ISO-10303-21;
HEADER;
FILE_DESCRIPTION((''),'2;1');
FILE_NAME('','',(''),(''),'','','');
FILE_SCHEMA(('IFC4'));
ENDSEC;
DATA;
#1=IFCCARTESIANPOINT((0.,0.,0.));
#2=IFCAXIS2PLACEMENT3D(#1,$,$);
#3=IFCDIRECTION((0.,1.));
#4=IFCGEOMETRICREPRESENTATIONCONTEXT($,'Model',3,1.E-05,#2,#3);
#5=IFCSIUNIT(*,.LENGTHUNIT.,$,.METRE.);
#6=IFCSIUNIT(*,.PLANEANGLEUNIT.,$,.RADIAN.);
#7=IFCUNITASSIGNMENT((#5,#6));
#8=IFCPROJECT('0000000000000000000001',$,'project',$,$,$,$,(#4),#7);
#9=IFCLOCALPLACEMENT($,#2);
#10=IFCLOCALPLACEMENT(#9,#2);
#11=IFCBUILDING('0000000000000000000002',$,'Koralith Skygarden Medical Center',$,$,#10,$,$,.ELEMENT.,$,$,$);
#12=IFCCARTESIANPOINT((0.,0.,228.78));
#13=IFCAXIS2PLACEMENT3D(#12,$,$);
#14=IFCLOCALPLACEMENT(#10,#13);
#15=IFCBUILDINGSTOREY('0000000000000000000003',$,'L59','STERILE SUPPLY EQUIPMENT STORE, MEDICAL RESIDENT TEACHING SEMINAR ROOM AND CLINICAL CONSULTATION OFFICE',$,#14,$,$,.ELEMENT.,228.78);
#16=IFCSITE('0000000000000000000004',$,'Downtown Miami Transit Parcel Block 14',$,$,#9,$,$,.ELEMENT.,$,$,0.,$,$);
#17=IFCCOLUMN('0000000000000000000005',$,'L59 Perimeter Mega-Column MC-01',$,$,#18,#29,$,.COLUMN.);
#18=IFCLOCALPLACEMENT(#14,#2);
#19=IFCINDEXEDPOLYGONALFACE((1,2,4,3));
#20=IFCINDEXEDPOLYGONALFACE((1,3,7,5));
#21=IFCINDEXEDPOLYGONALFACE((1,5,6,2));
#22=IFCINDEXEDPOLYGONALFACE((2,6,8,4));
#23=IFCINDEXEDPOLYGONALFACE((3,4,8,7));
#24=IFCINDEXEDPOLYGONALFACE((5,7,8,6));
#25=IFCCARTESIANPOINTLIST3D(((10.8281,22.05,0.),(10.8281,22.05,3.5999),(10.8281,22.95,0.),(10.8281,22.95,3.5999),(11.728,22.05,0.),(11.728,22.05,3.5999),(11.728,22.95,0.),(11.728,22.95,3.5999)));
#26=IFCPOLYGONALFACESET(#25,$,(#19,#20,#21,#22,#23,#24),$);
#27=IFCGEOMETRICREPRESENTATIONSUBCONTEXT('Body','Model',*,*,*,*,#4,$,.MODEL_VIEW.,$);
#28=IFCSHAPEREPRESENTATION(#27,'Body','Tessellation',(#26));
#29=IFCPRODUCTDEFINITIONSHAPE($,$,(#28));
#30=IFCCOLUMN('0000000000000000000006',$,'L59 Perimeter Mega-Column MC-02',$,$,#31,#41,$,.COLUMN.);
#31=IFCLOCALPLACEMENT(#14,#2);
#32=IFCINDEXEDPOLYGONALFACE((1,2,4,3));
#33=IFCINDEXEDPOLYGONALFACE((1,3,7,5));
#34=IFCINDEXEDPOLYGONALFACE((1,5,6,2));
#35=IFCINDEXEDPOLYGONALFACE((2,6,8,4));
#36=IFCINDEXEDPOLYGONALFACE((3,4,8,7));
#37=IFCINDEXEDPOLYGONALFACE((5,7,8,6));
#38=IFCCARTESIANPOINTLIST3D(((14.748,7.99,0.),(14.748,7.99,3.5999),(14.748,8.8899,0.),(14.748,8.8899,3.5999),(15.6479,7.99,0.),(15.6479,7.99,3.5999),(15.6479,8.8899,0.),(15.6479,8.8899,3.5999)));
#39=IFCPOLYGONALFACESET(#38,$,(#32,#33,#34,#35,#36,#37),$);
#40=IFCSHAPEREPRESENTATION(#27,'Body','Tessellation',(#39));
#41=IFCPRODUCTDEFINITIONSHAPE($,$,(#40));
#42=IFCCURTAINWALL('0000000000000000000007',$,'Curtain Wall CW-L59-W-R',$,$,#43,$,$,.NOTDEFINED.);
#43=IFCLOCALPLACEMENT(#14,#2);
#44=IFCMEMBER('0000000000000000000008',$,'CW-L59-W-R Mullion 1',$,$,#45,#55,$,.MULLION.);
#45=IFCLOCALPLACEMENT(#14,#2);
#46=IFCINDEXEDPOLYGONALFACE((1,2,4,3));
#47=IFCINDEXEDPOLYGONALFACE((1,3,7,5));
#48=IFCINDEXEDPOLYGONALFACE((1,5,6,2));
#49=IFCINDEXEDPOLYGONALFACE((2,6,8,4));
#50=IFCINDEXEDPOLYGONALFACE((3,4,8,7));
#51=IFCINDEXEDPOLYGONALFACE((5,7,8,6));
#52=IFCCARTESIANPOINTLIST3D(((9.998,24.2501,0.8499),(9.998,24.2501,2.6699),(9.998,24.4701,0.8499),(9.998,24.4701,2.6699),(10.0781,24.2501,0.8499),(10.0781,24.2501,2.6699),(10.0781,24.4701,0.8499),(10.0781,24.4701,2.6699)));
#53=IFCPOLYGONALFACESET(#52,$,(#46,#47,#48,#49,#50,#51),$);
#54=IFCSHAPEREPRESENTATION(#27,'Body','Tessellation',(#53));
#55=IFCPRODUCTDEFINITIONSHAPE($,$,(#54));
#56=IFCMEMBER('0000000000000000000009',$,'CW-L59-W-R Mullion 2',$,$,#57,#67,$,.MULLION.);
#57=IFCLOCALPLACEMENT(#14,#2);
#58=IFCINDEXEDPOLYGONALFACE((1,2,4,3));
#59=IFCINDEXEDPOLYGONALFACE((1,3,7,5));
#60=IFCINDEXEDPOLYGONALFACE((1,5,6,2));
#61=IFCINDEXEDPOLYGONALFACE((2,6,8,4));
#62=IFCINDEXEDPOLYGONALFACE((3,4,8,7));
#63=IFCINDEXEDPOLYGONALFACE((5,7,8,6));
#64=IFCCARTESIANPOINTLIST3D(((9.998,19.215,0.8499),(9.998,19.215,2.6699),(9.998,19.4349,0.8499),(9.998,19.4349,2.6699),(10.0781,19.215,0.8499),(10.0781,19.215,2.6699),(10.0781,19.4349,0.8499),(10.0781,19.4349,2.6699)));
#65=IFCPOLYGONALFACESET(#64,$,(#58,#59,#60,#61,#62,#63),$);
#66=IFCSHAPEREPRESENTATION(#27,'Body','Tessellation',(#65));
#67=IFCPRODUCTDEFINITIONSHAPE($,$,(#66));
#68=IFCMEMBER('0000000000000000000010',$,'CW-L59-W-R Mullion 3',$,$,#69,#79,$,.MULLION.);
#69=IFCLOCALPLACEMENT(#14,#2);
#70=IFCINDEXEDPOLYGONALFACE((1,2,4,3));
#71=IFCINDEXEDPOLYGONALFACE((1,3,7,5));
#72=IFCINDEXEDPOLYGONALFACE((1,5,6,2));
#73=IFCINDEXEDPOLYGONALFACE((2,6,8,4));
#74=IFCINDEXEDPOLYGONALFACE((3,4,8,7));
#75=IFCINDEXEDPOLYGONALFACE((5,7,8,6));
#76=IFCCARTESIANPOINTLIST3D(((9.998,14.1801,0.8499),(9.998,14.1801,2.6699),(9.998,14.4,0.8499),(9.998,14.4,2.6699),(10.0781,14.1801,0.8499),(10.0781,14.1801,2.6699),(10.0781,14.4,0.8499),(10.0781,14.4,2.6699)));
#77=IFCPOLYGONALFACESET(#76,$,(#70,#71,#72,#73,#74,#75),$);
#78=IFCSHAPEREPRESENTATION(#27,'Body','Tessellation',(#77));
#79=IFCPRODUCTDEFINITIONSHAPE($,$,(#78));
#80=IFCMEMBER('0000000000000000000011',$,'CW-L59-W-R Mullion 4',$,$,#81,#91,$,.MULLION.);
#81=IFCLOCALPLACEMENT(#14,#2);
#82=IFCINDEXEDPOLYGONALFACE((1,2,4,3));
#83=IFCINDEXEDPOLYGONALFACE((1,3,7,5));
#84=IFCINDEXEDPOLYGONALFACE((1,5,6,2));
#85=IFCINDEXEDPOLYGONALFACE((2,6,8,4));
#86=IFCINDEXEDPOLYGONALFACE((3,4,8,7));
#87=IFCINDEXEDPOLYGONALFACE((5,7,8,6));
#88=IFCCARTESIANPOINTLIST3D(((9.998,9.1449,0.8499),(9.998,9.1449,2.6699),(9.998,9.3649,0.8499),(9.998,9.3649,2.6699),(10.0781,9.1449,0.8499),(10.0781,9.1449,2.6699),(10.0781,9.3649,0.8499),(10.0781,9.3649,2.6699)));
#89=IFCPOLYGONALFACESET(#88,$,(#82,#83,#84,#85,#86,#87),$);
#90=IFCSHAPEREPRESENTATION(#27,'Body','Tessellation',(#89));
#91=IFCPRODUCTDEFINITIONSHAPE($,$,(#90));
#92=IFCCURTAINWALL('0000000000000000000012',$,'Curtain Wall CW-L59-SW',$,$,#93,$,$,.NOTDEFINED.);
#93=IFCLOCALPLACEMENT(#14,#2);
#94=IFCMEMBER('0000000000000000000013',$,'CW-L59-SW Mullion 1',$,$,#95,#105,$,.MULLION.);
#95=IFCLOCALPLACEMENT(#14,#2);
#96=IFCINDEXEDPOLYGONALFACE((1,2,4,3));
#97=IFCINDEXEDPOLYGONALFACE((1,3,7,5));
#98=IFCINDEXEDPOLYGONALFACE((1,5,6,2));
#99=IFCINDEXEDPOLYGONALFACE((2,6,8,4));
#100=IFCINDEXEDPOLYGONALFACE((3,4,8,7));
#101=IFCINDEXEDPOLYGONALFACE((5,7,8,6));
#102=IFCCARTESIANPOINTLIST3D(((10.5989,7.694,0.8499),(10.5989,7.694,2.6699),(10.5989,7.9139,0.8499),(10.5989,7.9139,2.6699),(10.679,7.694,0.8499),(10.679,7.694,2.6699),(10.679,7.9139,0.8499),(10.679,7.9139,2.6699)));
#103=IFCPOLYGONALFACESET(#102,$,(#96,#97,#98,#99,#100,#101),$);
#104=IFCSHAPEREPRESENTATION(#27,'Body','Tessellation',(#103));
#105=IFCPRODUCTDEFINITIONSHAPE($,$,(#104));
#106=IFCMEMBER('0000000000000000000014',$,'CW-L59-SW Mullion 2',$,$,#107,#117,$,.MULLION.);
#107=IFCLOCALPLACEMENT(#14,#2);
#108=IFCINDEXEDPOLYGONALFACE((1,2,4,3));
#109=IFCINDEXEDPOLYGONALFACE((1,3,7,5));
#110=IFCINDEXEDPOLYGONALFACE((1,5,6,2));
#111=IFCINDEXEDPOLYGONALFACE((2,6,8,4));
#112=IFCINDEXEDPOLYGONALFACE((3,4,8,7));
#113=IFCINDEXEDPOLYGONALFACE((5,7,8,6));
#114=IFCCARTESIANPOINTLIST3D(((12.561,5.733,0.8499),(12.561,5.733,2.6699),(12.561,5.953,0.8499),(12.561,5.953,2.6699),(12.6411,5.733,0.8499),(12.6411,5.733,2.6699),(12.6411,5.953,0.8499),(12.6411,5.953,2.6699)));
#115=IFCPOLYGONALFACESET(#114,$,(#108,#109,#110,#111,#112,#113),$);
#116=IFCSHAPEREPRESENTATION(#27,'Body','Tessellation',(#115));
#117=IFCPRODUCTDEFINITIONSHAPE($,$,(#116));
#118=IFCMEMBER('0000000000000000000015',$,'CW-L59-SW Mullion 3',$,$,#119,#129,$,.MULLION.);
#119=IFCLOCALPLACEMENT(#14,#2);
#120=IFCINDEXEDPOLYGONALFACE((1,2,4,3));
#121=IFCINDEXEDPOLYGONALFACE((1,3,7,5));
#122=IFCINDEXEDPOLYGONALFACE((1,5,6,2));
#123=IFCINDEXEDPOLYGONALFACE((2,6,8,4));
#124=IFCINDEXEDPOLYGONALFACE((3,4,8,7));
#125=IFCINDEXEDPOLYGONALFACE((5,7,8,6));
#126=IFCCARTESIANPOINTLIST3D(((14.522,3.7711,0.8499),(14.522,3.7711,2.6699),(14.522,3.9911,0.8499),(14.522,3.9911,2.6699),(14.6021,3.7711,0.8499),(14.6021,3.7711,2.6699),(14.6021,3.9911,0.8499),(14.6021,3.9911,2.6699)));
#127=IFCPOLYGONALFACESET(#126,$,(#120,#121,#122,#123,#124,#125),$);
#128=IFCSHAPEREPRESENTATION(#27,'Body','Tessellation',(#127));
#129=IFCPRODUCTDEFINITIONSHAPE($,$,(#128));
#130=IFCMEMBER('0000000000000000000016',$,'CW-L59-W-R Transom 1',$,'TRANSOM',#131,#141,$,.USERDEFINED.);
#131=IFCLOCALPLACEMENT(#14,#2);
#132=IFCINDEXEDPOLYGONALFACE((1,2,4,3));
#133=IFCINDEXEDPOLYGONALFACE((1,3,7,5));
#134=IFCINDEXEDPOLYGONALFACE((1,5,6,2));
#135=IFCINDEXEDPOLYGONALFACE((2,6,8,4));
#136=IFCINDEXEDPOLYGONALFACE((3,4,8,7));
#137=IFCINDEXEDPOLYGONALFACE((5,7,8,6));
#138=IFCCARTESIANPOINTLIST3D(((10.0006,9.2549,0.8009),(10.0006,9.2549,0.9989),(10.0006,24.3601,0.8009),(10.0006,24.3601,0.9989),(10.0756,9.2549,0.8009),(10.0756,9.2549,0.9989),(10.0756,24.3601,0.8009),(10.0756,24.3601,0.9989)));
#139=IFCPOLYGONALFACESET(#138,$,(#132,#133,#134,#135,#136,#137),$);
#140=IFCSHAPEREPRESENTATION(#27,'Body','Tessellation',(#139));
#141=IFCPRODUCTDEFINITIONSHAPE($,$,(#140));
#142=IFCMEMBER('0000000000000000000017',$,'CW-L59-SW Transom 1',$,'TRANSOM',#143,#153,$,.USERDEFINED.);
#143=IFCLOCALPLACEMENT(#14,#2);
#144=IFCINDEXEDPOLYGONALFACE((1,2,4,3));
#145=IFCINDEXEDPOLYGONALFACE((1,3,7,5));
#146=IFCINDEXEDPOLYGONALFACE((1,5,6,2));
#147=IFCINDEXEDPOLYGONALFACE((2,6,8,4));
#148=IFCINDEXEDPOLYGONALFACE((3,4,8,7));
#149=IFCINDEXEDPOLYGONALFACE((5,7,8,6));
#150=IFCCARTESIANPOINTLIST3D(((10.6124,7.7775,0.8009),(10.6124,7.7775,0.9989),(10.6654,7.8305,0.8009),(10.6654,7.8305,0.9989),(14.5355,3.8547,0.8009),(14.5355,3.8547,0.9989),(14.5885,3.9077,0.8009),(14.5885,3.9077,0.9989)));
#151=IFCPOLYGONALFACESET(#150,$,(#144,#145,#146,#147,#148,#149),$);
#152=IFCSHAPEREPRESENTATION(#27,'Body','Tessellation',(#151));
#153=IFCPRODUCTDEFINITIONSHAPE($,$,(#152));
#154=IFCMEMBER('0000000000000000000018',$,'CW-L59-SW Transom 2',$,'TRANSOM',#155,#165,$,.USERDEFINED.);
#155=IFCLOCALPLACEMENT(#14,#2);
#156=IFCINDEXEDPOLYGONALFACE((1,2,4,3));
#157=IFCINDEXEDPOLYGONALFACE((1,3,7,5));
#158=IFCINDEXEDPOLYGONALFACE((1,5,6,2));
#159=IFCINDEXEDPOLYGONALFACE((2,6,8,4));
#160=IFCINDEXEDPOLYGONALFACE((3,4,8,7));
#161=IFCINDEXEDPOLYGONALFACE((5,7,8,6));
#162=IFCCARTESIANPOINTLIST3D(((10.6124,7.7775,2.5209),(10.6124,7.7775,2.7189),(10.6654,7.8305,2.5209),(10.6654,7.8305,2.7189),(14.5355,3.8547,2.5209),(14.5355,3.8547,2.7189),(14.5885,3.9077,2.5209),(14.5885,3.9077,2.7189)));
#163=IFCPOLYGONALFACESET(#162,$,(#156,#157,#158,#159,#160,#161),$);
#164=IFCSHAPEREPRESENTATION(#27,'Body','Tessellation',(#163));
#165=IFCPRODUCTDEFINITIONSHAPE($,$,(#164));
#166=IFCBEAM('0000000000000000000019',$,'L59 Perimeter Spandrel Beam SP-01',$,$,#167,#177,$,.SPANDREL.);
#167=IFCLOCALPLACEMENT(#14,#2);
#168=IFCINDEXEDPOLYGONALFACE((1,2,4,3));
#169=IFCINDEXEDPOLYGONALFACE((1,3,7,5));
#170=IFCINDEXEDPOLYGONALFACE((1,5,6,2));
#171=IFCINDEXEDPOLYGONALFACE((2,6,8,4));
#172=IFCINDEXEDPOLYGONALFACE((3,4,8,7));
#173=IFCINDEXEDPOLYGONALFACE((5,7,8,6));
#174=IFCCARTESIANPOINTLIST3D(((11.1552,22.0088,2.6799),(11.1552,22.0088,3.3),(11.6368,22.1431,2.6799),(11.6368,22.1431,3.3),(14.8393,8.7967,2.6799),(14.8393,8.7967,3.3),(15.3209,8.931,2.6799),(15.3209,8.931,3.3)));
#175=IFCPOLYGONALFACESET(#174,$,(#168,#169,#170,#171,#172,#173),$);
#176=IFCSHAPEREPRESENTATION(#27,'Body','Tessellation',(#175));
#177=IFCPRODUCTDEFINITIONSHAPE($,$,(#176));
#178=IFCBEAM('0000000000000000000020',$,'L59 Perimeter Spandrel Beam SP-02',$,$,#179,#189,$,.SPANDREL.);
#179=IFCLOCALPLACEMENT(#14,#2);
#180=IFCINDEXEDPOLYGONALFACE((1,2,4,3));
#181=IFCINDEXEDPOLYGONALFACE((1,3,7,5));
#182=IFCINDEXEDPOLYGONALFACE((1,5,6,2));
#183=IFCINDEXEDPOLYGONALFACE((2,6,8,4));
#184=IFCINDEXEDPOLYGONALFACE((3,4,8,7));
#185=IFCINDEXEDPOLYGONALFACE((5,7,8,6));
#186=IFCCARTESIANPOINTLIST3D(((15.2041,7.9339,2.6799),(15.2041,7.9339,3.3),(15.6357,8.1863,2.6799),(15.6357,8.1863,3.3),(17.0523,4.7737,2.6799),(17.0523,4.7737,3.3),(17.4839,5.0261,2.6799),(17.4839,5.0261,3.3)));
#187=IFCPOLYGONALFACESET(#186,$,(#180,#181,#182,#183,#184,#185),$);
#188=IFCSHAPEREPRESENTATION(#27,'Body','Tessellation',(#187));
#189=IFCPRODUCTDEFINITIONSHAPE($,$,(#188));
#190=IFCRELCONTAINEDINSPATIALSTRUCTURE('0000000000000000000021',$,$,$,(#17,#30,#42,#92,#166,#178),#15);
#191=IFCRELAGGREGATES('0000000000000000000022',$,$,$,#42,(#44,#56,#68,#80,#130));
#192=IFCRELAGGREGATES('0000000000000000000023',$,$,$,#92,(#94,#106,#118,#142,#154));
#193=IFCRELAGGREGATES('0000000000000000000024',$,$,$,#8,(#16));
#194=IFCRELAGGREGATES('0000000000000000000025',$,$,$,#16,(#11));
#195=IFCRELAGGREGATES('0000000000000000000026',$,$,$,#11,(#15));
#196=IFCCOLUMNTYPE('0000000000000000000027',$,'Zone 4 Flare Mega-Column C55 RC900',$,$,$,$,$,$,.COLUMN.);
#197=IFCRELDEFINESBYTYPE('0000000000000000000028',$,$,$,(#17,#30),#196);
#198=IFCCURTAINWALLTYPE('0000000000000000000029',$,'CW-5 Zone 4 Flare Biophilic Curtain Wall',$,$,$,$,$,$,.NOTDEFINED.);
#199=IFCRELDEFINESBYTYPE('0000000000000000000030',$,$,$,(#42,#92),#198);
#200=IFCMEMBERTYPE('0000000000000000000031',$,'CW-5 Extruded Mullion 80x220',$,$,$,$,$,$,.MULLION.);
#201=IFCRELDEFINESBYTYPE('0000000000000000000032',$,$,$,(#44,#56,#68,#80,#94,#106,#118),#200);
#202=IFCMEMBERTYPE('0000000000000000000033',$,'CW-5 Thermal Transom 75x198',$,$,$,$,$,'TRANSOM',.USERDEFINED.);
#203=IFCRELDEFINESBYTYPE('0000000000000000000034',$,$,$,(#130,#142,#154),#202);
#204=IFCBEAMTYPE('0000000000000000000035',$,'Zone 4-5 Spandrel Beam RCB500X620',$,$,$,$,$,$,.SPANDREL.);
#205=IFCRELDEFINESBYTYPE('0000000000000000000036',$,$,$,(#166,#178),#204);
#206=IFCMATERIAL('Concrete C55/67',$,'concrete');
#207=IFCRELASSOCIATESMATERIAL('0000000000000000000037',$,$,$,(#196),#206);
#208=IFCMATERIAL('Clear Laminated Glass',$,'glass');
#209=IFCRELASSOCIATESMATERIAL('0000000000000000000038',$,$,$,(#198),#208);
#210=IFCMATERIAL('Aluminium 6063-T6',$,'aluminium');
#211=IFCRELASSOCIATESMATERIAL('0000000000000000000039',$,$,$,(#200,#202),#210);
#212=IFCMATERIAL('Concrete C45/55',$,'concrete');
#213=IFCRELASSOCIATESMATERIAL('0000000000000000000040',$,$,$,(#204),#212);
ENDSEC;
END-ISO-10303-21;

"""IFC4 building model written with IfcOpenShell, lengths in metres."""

from ifc_helpers import new_model, si_unit, direction, frame, origin, origin_2d, place, context, subcontext, project, spatial, rectangle, extrude, material, material_profile, profile_set, type_object, element, aggregate, save


model = new_model("IFC4")

# Units and contexts
model_context = context("Model", 3, precision=1e-05, world=origin(), true_north=direction((0.0, 1.0)))
body_context = subcontext(model_context, "Body", "Model", "MODEL_VIEW")
ifc_project = project(units=[si_unit("LENGTHUNIT", "METRE"), si_unit("PLANEANGLEUNIT", "RADIAN")], contexts=[model_context])

# Site, building, storey
site_placement = place(None, origin())
site = spatial("IfcSite", under=ifc_project, at=site_placement, Name="Downtown Miami Transit Parcel Block 14", CompositionType="ELEMENT", RefElevation=0.0)
building_placement = place(site_placement, origin())
building = spatial("IfcBuilding", under=site, at=building_placement, Name="Koralith Skygarden Medical Center", CompositionType="ELEMENT")
storey_placement = place(building_placement, frame((0.0, 0.0, 228.78)))
storey = spatial("IfcBuildingStorey", under=building, at=storey_placement, Name="L59", Description="STERILE SUPPLY EQUIPMENT STORE, MEDICAL RESIDENT TEACHING SEMINAR ROOM AND CLINICAL CONSULTATION OFFICE", CompositionType="ELEMENT", Elevation=228.78)

# Columns
ifc_material_1 = material(Name="Concrete C55/67", Category="concrete")
ifc_material_profile_1 = material_profile(ifc_material_1, rectangle(XDim=0.8999, YDim=0.8999, at=origin_2d()), Name="RC900X900")
ifc_profile_set_1 = profile_set([ifc_material_profile_1], Name="Concrete C55/67")
column_type = type_object("IfcColumnType", Name="Zone 4 Flare Mega-Column C55 RC900", PredefinedType="COLUMN", material=ifc_profile_set_1)
for number, where, z_axis, x_axis, name in (
    (1, (11.2781, 22.5, 0.0), (0.0, 0.0, 1.0), (1.0, 0.0, 0.0), "L59 Perimeter Mega-Column MC-01"),
    (2, (15.198, 8.4399, 0.0), (0.0, 0.0, 1.0), (1.0, 0.0, 0.0), "L59 Perimeter Mega-Column MC-02"),
):
    element("IfcColumn", number, at=place(storey_placement, frame(where, z_axis=z_axis, x_axis=x_axis)), inside=storey, type_object=column_type, Name=name, PredefinedType="COLUMN", context=body_context, shape_type="SweptSolid", body=[
        extrude(rectangle(XDim=0.8999, YDim=0.8999, at=origin_2d()), origin(), (0.0, 0.0, 1.0), 3.5999),
    ])

# Curtain walls, members
ifc_material_2 = material(Name="Clear Laminated Glass", Category="glass")
curtain_wall_type = type_object("IfcCurtainWallType", Name="CW-5 Zone 4 Flare Biophilic Curtain Wall", PredefinedType="NOTDEFINED", material=ifc_material_2)
curtain_wall_1_placement = place(storey_placement, origin())
curtain_wall_1 = element("IfcCurtainWall", 3, at=curtain_wall_1_placement, inside=storey, type_object=curtain_wall_type, Name="Curtain Wall CW-L59-W-R", PredefinedType="NOTDEFINED")
ifc_material_3 = material(Name="Aluminium 6063-T6", Category="aluminium")
ifc_material_profile_2 = material_profile(ifc_material_3, rectangle(XDim=0.0801, YDim=0.22, at=origin_2d()), Name="MUL80X220")
ifc_profile_set_2 = profile_set([ifc_material_profile_2], Name="Aluminium 6063-T6")
member_type_1 = type_object("IfcMemberType", Name="CW-5 Extruded Mullion 80x220", PredefinedType="MULLION", material=ifc_profile_set_2)
member_1_placement = place(storey_placement, frame((10.0381, 24.3601, 0.8499), z_axis=(0.0, 0.0, 1.0), x_axis=(1.0, 0.0, 0.0)))
member_1 = element("IfcMember", 4, at=member_1_placement, type_object=member_type_1, Name="CW-L59-W-R Mullion 1", PredefinedType="MULLION", context=body_context, shape_type="SweptSolid", body=[
    extrude(rectangle(XDim=0.0801, YDim=0.22, at=origin_2d()), origin(), (0.0, 0.0, 1.0), 1.8201),
])
member_2_placement = place(storey_placement, frame((10.0381, 19.325, 0.8499), z_axis=(0.0, 0.0, 1.0), x_axis=(1.0, 0.0, 0.0)))
member_2 = element("IfcMember", 5, at=member_2_placement, type_object=member_type_1, Name="CW-L59-W-R Mullion 2", PredefinedType="MULLION", context=body_context, shape_type="SweptSolid", body=[
    extrude(rectangle(XDim=0.0801, YDim=0.22, at=origin_2d()), origin(), (0.0, 0.0, 1.0), 1.8201),
])
member_3_placement = place(storey_placement, frame((10.0381, 14.29, 0.8499), z_axis=(0.0, 0.0, 1.0), x_axis=(1.0, 0.0, 0.0)))
member_3 = element("IfcMember", 6, at=member_3_placement, type_object=member_type_1, Name="CW-L59-W-R Mullion 3", PredefinedType="MULLION", context=body_context, shape_type="SweptSolid", body=[
    extrude(rectangle(XDim=0.0801, YDim=0.22, at=origin_2d()), origin(), (0.0, 0.0, 1.0), 1.8201),
])
member_4_placement = place(storey_placement, frame((10.0381, 9.2549, 0.8499), z_axis=(0.0, 0.0, 1.0), x_axis=(1.0, 0.0, 0.0)))
member_4 = element("IfcMember", 7, at=member_4_placement, type_object=member_type_1, Name="CW-L59-W-R Mullion 4", PredefinedType="MULLION", context=body_context, shape_type="SweptSolid", body=[
    extrude(rectangle(XDim=0.0801, YDim=0.22, at=origin_2d()), origin(), (0.0, 0.0, 1.0), 1.8201),
])
curtain_wall_2_placement = place(storey_placement, origin())
curtain_wall_2 = element("IfcCurtainWall", 8, at=curtain_wall_2_placement, inside=storey, type_object=curtain_wall_type, Name="Curtain Wall CW-L59-SW", PredefinedType="NOTDEFINED")
member_5_placement = place(storey_placement, frame((10.6389, 7.804, 0.8499), z_axis=(0.0, 0.0, 1.0), x_axis=(1.0, 0.0, 0.0)))
member_5 = element("IfcMember", 9, at=member_5_placement, type_object=member_type_1, Name="CW-L59-SW Mullion 1", PredefinedType="MULLION", context=body_context, shape_type="SweptSolid", body=[
    extrude(rectangle(XDim=0.0801, YDim=0.22, at=origin_2d()), origin(), (0.0, 0.0, 1.0), 1.8201),
])
member_6_placement = place(storey_placement, frame((12.6011, 5.843, 0.8499), z_axis=(0.0, 0.0, 1.0), x_axis=(1.0, 0.0, 0.0)))
member_6 = element("IfcMember", 10, at=member_6_placement, type_object=member_type_1, Name="CW-L59-SW Mullion 2", PredefinedType="MULLION", context=body_context, shape_type="SweptSolid", body=[
    extrude(rectangle(XDim=0.0801, YDim=0.22, at=origin_2d()), origin(), (0.0, 0.0, 1.0), 1.8201),
])
member_7_placement = place(storey_placement, frame((14.562, 3.8811, 0.8499), z_axis=(0.0, 0.0, 1.0), x_axis=(1.0, 0.0, 0.0)))
member_7 = element("IfcMember", 11, at=member_7_placement, type_object=member_type_1, Name="CW-L59-SW Mullion 3", PredefinedType="MULLION", context=body_context, shape_type="SweptSolid", body=[
    extrude(rectangle(XDim=0.0801, YDim=0.22, at=origin_2d()), origin(), (0.0, 0.0, 1.0), 1.8201),
])

# Members
ifc_material_profile_3 = material_profile(ifc_material_3, rectangle(XDim=0.075, YDim=0.198, at=origin_2d()), Name="TRN75X198")
ifc_profile_set_3 = profile_set([ifc_material_profile_3], Name="Aluminium 6063-T6")
member_type_2 = type_object("IfcMemberType", Name="CW-5 Thermal Transom 75x198", ElementType="TRANSOM", PredefinedType="USERDEFINED", material=ifc_profile_set_3)
member_8_placement = place(storey_placement, frame((10.0381, 24.3601, 0.8999), z_axis=(0.0, -1.0, 0.0), x_axis=(1.0, 0.0, 0.0)))
member_8 = element("IfcMember", 12, at=member_8_placement, type_object=member_type_2, Name="CW-L59-W-R Transom 1", ObjectType="TRANSOM", PredefinedType="USERDEFINED", context=body_context, shape_type="SweptSolid", body=[
    extrude(rectangle(XDim=0.075, YDim=0.198, at=origin_2d()), origin(), (0.0, 0.0, 1.0), 15.1052),
])
member_9_placement = place(storey_placement, frame((10.6389, 7.804, 0.8999), z_axis=(0.707129, -0.707085, 0.0), x_axis=(0.707085, 0.707129, 0.0)))
member_9 = element("IfcMember", 13, at=member_9_placement, type_object=member_type_2, Name="CW-L59-SW Transom 1", ObjectType="TRANSOM", PredefinedType="USERDEFINED", context=body_context, shape_type="SweptSolid", body=[
    extrude(rectangle(XDim=0.075, YDim=0.198, at=origin_2d()), origin(), (0.0, 0.0, 1.0), 5.5479),
])
member_10_placement = place(storey_placement, frame((10.6389, 7.804, 2.6199), z_axis=(0.707129, -0.707085, 0.0), x_axis=(0.707085, 0.707129, 0.0)))
member_10 = element("IfcMember", 14, at=member_10_placement, type_object=member_type_2, Name="CW-L59-SW Transom 2", ObjectType="TRANSOM", PredefinedType="USERDEFINED", context=body_context, shape_type="SweptSolid", body=[
    extrude(rectangle(XDim=0.075, YDim=0.198, at=origin_2d()), origin(), (0.0, 0.0, 1.0), 5.5479),
])

# Beams
ifc_material_4 = material(Name="Concrete C45/55", Category="concrete")
ifc_material_profile_4 = material_profile(ifc_material_4, rectangle(XDim=0.5, YDim=0.6201, at=origin_2d()), Name="RCB500X620")
ifc_profile_set_4 = profile_set([ifc_material_profile_4], Name="Concrete C45/55")
beam_type = type_object("IfcBeamType", Name="Zone 4-5 Spandrel Beam RCB500X620", PredefinedType="SPANDREL", material=ifc_profile_set_4)
beam_1_placement = place(storey_placement, frame((11.396, 22.0759, 2.99), z_axis=(0.268598, -0.963252, 0.0), x_axis=(0.963252, 0.268598, 0.0)))
element("IfcBeam", 15, at=beam_1_placement, inside=storey, type_object=beam_type, Name="L59 Perimeter Spandrel Beam SP-01", PredefinedType="SPANDREL", context=body_context, shape_type="SweptSolid", body=[
    extrude(rectangle(XDim=0.5, YDim=0.6201, at=origin_2d()), origin(), (0.0, 0.0, 1.0), 13.7161),
])
beam_2_placement = place(storey_placement, frame((15.4199, 8.0601, 2.99), z_axis=(0.504833, -0.863217, 0.0), x_axis=(0.863217, 0.504833, 0.0)))
element("IfcBeam", 16, at=beam_2_placement, inside=storey, type_object=beam_type, Name="L59 Perimeter Spandrel Beam SP-02", PredefinedType="SPANDREL", context=body_context, shape_type="SweptSolid", body=[
    extrude(rectangle(XDim=0.5, YDim=0.6201, at=origin_2d()), origin(), (0.0, 0.0, 1.0), 3.6609),
])

aggregate(curtain_wall_1, [member_1, member_2, member_3, member_4, member_8])
aggregate(curtain_wall_2, [member_5, member_6, member_7, member_9, member_10])

save(model, "model.ifc")
